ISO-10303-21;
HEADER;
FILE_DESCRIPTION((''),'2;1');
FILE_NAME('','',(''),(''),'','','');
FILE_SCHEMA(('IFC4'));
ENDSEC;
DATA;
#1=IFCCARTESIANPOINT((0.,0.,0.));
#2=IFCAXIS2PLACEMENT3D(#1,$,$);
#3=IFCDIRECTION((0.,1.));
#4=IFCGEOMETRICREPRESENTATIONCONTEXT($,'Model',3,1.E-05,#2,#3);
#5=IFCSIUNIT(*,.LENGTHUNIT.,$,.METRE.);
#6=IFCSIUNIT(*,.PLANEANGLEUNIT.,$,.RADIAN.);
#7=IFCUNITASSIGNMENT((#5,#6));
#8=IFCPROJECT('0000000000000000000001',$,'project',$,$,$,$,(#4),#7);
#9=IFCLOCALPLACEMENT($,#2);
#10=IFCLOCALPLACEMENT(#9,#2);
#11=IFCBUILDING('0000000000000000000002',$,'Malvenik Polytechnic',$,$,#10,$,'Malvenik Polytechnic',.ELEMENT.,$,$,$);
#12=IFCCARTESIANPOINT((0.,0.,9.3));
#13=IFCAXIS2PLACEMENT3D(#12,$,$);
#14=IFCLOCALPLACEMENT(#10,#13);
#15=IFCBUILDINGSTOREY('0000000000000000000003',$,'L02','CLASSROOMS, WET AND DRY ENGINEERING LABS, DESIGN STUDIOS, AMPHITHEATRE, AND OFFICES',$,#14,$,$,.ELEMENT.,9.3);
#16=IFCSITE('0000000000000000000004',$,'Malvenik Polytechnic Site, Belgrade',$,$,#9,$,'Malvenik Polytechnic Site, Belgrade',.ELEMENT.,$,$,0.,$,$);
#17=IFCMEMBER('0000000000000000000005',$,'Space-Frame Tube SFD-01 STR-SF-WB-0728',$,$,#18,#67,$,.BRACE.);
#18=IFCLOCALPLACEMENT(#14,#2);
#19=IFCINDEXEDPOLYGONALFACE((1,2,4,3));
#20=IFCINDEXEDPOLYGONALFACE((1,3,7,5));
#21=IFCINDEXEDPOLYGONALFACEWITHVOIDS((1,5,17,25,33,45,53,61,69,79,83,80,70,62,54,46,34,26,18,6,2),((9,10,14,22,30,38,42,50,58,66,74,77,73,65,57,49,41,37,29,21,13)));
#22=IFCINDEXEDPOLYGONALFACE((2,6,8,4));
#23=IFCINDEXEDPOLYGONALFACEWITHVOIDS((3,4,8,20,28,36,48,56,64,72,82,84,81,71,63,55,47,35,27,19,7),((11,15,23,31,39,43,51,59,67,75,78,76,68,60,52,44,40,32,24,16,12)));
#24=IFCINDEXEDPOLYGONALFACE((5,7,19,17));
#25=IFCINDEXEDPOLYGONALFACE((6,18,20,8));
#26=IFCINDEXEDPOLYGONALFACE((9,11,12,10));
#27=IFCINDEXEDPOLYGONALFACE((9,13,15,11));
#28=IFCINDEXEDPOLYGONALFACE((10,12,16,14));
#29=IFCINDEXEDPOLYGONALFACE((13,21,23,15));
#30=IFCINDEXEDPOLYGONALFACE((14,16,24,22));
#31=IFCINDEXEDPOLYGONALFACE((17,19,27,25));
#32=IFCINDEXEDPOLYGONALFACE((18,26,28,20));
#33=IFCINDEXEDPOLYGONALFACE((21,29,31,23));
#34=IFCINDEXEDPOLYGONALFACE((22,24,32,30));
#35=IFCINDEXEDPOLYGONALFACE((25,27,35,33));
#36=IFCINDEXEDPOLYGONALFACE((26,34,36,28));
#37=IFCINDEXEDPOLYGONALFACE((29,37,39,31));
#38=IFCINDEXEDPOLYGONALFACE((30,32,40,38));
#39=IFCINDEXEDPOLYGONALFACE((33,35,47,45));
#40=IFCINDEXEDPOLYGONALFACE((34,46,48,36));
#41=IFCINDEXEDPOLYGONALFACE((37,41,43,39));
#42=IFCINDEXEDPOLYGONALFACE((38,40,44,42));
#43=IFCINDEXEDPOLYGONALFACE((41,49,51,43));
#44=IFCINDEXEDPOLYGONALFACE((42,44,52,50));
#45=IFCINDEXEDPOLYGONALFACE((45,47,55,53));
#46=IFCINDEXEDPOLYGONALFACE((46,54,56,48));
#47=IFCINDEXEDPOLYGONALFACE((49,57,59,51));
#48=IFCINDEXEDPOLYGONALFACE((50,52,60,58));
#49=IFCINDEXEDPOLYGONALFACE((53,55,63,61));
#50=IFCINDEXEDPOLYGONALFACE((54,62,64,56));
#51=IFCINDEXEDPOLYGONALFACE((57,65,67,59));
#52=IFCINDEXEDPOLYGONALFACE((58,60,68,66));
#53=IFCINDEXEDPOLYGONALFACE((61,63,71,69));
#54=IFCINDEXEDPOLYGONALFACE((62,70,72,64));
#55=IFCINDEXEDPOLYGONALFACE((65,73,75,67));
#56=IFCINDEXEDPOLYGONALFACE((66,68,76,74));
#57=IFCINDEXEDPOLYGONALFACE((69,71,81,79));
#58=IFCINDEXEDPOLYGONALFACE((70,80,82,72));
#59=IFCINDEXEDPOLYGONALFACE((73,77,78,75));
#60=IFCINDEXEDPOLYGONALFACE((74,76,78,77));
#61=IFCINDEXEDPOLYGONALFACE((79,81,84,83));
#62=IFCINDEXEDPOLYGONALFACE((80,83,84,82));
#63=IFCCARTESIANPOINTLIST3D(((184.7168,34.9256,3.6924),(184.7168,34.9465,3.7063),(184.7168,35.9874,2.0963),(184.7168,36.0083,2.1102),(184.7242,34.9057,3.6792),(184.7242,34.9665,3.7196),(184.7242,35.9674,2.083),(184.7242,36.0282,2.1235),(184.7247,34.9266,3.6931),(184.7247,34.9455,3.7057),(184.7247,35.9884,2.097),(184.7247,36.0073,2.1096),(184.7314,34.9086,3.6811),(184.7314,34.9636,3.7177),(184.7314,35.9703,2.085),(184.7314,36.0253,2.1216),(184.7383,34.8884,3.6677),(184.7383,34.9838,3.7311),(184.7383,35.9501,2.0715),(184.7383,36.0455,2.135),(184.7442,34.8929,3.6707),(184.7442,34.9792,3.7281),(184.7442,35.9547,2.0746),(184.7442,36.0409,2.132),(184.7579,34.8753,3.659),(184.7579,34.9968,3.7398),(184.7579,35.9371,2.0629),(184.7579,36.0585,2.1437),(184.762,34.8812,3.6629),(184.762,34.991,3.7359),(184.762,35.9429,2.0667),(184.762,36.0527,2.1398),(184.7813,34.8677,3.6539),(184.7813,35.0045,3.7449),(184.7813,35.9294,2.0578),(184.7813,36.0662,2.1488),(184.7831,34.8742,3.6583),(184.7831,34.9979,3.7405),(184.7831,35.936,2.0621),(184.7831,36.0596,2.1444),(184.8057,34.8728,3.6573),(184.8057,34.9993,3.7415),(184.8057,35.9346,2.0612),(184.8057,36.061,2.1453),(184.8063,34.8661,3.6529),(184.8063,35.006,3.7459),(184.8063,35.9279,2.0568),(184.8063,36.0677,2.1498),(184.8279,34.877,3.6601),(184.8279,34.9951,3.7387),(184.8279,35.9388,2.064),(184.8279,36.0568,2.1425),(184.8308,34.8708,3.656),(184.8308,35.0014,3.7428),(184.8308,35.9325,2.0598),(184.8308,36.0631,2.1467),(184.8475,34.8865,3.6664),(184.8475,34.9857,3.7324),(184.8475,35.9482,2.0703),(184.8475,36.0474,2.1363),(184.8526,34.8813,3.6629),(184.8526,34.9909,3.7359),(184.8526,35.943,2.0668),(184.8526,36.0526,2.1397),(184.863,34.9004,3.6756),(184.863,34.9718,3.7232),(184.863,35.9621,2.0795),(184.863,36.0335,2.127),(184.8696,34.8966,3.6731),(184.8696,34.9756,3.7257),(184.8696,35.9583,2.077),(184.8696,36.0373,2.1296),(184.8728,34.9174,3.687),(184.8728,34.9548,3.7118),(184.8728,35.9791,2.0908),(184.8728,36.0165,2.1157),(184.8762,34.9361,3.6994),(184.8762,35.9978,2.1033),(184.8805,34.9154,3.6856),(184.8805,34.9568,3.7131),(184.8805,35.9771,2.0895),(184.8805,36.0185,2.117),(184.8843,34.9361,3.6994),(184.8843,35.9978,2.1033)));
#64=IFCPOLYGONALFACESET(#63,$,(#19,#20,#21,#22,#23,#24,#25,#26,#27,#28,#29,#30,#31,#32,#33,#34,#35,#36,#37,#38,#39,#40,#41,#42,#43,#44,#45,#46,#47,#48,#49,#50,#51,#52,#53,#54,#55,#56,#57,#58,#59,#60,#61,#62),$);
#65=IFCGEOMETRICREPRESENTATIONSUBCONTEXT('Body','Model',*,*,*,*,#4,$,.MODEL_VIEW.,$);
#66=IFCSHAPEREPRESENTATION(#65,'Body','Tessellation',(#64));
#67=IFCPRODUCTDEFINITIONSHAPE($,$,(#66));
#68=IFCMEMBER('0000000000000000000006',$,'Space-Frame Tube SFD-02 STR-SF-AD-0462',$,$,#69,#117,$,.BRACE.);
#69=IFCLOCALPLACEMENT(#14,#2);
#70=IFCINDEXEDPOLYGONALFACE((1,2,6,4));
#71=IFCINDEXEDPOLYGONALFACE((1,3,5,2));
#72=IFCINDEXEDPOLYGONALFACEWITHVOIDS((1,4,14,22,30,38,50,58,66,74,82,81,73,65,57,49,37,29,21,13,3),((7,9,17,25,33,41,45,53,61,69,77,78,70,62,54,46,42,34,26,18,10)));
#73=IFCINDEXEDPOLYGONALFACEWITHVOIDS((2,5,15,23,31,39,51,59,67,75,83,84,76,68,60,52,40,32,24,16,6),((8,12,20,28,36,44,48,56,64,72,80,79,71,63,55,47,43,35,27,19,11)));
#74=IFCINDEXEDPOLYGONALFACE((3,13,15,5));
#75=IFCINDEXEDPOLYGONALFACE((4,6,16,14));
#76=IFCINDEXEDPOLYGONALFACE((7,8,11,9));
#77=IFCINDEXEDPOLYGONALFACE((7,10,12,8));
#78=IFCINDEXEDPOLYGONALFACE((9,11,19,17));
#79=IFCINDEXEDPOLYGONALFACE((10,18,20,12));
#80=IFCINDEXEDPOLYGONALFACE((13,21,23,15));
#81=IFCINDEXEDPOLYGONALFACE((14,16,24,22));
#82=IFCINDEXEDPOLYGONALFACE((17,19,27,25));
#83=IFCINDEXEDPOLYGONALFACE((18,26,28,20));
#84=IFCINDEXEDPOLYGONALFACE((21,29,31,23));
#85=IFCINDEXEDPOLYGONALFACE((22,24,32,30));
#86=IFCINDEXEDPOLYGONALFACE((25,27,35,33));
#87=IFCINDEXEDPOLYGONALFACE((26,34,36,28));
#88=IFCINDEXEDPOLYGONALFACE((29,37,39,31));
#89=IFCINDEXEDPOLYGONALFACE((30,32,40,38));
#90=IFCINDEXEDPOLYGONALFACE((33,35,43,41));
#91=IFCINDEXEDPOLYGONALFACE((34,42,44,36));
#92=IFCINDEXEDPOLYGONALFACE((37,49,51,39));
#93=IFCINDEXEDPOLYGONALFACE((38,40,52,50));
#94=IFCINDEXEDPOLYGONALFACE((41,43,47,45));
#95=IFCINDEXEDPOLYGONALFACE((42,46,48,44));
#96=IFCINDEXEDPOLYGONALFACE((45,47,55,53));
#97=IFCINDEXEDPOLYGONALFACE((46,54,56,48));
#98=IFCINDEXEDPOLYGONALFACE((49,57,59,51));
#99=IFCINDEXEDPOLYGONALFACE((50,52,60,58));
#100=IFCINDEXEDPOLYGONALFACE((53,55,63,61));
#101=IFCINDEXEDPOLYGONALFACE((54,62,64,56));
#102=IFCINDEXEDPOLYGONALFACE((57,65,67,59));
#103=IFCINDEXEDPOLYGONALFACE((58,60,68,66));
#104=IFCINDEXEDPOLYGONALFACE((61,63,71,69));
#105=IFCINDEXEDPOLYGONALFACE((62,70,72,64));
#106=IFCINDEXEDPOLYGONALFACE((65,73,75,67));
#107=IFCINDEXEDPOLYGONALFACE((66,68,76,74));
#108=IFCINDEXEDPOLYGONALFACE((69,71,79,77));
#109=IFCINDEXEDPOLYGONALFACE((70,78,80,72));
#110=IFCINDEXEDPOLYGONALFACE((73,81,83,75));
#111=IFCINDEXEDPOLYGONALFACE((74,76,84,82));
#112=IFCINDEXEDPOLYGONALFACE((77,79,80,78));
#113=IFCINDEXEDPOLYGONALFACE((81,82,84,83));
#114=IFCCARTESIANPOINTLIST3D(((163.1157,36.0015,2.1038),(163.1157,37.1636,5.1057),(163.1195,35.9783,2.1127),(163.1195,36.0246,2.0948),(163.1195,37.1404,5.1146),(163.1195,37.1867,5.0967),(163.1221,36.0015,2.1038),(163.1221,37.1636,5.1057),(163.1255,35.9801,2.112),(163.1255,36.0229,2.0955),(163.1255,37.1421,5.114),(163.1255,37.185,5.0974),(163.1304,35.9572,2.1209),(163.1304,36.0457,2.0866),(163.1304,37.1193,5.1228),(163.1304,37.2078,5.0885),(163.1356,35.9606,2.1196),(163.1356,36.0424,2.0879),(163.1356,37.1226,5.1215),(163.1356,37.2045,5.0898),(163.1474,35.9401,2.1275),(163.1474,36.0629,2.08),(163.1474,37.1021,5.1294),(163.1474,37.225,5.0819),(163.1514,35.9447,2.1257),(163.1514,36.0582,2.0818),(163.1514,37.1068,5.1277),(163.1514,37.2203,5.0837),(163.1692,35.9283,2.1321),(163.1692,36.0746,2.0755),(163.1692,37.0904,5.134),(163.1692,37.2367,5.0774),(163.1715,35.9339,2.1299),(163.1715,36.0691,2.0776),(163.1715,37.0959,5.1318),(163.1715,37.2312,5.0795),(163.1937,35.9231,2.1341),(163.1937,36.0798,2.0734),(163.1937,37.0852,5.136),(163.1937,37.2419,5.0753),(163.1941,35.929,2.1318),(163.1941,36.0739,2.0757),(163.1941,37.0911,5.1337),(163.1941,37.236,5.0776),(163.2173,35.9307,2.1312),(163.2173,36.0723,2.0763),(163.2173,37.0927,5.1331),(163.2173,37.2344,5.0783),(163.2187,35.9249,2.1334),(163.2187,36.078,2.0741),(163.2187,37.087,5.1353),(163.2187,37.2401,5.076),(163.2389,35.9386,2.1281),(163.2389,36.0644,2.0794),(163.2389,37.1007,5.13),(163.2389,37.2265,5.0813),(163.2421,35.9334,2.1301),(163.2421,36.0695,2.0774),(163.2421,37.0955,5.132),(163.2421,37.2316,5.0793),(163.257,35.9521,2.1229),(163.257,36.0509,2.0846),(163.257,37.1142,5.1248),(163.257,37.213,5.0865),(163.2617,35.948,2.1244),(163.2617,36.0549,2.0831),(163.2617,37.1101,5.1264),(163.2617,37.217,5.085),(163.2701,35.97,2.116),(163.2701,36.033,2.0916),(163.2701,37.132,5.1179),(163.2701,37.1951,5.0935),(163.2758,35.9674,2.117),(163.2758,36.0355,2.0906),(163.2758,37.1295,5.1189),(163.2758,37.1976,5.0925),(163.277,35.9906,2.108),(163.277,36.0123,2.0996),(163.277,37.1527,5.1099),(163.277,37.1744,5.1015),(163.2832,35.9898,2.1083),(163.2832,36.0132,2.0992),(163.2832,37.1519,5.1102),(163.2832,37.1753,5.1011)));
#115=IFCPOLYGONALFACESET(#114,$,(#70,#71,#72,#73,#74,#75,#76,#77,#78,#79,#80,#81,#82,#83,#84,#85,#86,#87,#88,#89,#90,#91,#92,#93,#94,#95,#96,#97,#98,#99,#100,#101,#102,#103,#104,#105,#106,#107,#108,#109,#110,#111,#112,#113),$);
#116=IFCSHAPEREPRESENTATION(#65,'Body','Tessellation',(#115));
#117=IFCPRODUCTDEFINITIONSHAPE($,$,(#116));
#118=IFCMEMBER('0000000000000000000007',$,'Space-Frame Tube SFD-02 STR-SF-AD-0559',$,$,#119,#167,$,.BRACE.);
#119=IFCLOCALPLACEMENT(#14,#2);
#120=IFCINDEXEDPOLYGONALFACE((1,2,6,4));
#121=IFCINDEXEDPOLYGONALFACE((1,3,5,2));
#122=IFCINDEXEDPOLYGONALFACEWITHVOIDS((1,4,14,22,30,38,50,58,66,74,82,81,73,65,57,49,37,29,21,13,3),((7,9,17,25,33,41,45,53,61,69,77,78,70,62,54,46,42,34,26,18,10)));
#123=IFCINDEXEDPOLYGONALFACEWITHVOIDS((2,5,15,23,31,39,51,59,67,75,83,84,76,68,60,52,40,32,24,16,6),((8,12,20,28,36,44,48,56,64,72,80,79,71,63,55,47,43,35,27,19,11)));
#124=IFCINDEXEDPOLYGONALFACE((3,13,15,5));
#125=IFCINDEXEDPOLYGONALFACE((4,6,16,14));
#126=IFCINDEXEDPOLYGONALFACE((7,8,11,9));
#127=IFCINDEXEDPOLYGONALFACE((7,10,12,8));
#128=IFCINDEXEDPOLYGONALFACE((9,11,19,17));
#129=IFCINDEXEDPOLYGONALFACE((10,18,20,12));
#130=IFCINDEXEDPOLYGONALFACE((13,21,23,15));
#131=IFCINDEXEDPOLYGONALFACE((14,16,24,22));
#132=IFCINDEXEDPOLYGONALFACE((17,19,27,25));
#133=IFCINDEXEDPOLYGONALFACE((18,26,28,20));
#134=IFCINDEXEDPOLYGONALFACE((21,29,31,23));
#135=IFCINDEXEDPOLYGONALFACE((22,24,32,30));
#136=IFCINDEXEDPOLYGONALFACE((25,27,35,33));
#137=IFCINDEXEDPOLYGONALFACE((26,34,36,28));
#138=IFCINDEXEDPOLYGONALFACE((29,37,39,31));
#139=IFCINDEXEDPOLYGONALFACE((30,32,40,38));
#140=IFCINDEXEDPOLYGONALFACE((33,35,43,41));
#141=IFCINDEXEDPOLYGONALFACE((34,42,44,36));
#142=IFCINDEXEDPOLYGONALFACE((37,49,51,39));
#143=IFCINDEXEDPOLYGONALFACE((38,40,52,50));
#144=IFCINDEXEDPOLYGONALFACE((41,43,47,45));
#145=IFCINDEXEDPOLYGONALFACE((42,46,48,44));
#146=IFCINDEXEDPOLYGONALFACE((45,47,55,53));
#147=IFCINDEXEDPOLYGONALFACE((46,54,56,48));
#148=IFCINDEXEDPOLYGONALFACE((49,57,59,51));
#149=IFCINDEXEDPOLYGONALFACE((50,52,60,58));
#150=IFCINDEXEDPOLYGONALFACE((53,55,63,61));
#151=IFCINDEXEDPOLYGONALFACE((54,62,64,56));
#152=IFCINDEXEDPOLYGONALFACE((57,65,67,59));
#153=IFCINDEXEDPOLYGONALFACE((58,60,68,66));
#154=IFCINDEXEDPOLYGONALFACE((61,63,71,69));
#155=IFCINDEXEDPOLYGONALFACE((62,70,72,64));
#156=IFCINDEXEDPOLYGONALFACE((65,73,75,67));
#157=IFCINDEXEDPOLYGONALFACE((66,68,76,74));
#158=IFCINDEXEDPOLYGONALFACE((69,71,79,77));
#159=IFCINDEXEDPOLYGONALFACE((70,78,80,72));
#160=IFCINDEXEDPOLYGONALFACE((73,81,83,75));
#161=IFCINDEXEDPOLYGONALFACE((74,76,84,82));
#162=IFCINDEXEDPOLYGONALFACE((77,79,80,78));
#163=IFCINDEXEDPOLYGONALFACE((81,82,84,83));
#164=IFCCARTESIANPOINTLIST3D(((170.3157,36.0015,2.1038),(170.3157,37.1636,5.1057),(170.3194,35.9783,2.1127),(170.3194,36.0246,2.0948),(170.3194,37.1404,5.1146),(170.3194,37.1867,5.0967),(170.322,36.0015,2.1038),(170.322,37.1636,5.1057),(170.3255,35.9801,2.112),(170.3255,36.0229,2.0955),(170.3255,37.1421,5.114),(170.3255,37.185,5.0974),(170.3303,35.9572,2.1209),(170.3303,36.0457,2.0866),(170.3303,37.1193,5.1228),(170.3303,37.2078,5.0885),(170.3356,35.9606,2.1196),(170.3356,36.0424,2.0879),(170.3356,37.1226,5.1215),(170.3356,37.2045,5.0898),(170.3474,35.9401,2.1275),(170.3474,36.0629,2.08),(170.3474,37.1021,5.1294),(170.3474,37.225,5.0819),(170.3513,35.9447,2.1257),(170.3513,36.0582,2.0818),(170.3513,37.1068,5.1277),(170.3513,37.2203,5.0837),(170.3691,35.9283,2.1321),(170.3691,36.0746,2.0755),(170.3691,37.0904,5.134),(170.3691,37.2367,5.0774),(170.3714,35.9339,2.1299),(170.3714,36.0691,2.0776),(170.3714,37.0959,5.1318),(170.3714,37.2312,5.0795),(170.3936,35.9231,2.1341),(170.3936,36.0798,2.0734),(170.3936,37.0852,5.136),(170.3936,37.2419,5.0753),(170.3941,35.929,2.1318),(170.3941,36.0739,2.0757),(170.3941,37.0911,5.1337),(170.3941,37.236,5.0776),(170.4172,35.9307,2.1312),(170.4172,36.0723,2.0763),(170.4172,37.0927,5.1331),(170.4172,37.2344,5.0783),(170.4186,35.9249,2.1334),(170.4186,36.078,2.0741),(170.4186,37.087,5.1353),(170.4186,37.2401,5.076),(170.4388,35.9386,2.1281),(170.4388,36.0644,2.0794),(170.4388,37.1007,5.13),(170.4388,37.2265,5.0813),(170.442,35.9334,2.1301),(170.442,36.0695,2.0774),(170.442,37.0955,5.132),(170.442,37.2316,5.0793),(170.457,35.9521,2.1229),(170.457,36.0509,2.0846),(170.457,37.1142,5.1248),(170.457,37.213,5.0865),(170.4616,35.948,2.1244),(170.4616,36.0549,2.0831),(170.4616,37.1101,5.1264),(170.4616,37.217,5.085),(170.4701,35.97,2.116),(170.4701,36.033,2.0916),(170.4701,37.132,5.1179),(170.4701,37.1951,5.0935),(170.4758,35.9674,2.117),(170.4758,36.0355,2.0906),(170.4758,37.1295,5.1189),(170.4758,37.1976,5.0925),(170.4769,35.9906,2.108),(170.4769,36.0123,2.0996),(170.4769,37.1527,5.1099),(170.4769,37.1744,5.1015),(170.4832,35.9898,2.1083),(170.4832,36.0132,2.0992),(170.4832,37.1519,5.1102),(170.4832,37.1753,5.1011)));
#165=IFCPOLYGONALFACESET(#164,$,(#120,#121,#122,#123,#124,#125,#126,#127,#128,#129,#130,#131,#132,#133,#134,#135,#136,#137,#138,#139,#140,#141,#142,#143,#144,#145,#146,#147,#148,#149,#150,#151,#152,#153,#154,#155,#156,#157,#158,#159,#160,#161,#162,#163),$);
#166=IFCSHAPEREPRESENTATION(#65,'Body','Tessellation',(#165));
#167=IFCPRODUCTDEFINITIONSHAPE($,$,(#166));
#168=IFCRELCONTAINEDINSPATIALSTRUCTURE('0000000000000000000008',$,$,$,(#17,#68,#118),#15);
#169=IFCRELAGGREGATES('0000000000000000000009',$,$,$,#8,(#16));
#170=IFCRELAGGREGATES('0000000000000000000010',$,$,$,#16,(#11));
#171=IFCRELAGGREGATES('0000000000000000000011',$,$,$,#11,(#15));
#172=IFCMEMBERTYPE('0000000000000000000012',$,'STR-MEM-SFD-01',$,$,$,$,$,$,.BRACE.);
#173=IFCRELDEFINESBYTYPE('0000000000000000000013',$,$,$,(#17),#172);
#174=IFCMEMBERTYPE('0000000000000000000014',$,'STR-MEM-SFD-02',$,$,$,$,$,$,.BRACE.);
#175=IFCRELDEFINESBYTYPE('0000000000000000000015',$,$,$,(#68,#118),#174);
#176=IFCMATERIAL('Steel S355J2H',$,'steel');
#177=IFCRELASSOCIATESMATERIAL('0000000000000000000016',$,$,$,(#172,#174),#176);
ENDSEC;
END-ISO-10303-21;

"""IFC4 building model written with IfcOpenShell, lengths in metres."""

from ifc_helpers import new_model, si_unit, direction, frame, origin, origin_2d, place, context, subcontext, project, spatial, hollow_circle, extrude, material, material_profile, profile_set, type_object, element, save


model = new_model("IFC4")

# Units and contexts
model_context = context("Model", 3, precision=1e-05, world=origin(), true_north=direction((0.0, 1.0)))
body_context = subcontext(model_context, "Body", "Model", "MODEL_VIEW")
ifc_project = project(units=[si_unit("LENGTHUNIT", "METRE"), si_unit("PLANEANGLEUNIT", "RADIAN")], contexts=[model_context])

# Site, building, storey
site_placement = place(None, origin())
site = spatial("IfcSite", under=ifc_project, at=site_placement, Name="Malvenik Polytechnic Site, Belgrade", LongName="Malvenik Polytechnic Site, Belgrade", CompositionType="ELEMENT", RefElevation=0.0)
building_placement = place(site_placement, origin())
building = spatial("IfcBuilding", under=site, at=building_placement, Name="Malvenik Polytechnic", LongName="Malvenik Polytechnic", CompositionType="ELEMENT")
storey_placement = place(building_placement, frame((0.0, 0.0, 9.3)))
storey = spatial("IfcBuildingStorey", under=building, at=storey_placement, Name="L02", Description="CLASSROOMS, WET AND DRY ENGINEERING LABS, DESIGN STUDIOS, AMPHITHEATRE, AND OFFICES", CompositionType="ELEMENT", Elevation=9.3)

# Members
ifc_material_1 = material(Name="Steel S355J2H", Category="steel")
ifc_material_profile_1 = material_profile(ifc_material_1, hollow_circle(Radius=0.0842, WallThickness=0.0081, at=origin_2d()), Name="CHS 168.3x8.0")
ifc_profile_set_1 = profile_set([ifc_material_profile_1], Name="Steel S355J2H")
member_type_1 = type_object("IfcMemberType", Name="STR-MEM-SFD-01", PredefinedType="BRACE", material=ifc_profile_set_1)
for number, where, z_axis, x_axis, name in (
    (1, (184.8, 35.9978, 2.1033), (0.0, -0.553848, 0.832618), (1.0, 0.0, 0.0), "Space-Frame Tube SFD-01 STR-SF-WB-0728"),
):
    element("IfcMember", number, at=place(storey_placement, frame(where, z_axis=z_axis, x_axis=x_axis)), inside=storey, type_object=member_type_1, Name=name, PredefinedType="BRACE", context=body_context, shape_type="SweptSolid", body=[
        extrude(hollow_circle(Radius=0.0842, WallThickness=0.0081, at=origin_2d()), origin(), (0.0, 0.0, 1.0), 1.917),
    ])
ifc_material_profile_2 = material_profile(ifc_material_1, hollow_circle(Radius=0.0842, WallThickness=0.0063, at=origin_2d()), Name="CHS 168.3x6.3")
ifc_profile_set_2 = profile_set([ifc_material_profile_2], Name="Steel S355J2H")
member_type_2 = type_object("IfcMemberType", Name="STR-MEM-SFD-02", PredefinedType="BRACE", material=ifc_profile_set_2)
for number, where, z_axis, x_axis, name in (
    (2, (163.2, 36.0015, 2.1038), (0.0, 0.361011, 0.932562), (-1.0, 0.0, 0.0), "Space-Frame Tube SFD-02 STR-SF-AD-0462"),
    (3, (170.3999, 36.0015, 2.1038), (0.0, 0.361011, 0.932562), (-1.0, 0.0, 0.0), "Space-Frame Tube SFD-02 STR-SF-AD-0559"),
):
    element("IfcMember", number, at=place(storey_placement, frame(where, z_axis=z_axis, x_axis=x_axis)), inside=storey, type_object=member_type_2, Name=name, PredefinedType="BRACE", context=body_context, shape_type="SweptSolid", body=[
        extrude(hollow_circle(Radius=0.0842, WallThickness=0.0063, at=origin_2d()), origin(), (0.0, 0.0, 1.0), 3.219),
    ])

save(model, "model.ifc")
